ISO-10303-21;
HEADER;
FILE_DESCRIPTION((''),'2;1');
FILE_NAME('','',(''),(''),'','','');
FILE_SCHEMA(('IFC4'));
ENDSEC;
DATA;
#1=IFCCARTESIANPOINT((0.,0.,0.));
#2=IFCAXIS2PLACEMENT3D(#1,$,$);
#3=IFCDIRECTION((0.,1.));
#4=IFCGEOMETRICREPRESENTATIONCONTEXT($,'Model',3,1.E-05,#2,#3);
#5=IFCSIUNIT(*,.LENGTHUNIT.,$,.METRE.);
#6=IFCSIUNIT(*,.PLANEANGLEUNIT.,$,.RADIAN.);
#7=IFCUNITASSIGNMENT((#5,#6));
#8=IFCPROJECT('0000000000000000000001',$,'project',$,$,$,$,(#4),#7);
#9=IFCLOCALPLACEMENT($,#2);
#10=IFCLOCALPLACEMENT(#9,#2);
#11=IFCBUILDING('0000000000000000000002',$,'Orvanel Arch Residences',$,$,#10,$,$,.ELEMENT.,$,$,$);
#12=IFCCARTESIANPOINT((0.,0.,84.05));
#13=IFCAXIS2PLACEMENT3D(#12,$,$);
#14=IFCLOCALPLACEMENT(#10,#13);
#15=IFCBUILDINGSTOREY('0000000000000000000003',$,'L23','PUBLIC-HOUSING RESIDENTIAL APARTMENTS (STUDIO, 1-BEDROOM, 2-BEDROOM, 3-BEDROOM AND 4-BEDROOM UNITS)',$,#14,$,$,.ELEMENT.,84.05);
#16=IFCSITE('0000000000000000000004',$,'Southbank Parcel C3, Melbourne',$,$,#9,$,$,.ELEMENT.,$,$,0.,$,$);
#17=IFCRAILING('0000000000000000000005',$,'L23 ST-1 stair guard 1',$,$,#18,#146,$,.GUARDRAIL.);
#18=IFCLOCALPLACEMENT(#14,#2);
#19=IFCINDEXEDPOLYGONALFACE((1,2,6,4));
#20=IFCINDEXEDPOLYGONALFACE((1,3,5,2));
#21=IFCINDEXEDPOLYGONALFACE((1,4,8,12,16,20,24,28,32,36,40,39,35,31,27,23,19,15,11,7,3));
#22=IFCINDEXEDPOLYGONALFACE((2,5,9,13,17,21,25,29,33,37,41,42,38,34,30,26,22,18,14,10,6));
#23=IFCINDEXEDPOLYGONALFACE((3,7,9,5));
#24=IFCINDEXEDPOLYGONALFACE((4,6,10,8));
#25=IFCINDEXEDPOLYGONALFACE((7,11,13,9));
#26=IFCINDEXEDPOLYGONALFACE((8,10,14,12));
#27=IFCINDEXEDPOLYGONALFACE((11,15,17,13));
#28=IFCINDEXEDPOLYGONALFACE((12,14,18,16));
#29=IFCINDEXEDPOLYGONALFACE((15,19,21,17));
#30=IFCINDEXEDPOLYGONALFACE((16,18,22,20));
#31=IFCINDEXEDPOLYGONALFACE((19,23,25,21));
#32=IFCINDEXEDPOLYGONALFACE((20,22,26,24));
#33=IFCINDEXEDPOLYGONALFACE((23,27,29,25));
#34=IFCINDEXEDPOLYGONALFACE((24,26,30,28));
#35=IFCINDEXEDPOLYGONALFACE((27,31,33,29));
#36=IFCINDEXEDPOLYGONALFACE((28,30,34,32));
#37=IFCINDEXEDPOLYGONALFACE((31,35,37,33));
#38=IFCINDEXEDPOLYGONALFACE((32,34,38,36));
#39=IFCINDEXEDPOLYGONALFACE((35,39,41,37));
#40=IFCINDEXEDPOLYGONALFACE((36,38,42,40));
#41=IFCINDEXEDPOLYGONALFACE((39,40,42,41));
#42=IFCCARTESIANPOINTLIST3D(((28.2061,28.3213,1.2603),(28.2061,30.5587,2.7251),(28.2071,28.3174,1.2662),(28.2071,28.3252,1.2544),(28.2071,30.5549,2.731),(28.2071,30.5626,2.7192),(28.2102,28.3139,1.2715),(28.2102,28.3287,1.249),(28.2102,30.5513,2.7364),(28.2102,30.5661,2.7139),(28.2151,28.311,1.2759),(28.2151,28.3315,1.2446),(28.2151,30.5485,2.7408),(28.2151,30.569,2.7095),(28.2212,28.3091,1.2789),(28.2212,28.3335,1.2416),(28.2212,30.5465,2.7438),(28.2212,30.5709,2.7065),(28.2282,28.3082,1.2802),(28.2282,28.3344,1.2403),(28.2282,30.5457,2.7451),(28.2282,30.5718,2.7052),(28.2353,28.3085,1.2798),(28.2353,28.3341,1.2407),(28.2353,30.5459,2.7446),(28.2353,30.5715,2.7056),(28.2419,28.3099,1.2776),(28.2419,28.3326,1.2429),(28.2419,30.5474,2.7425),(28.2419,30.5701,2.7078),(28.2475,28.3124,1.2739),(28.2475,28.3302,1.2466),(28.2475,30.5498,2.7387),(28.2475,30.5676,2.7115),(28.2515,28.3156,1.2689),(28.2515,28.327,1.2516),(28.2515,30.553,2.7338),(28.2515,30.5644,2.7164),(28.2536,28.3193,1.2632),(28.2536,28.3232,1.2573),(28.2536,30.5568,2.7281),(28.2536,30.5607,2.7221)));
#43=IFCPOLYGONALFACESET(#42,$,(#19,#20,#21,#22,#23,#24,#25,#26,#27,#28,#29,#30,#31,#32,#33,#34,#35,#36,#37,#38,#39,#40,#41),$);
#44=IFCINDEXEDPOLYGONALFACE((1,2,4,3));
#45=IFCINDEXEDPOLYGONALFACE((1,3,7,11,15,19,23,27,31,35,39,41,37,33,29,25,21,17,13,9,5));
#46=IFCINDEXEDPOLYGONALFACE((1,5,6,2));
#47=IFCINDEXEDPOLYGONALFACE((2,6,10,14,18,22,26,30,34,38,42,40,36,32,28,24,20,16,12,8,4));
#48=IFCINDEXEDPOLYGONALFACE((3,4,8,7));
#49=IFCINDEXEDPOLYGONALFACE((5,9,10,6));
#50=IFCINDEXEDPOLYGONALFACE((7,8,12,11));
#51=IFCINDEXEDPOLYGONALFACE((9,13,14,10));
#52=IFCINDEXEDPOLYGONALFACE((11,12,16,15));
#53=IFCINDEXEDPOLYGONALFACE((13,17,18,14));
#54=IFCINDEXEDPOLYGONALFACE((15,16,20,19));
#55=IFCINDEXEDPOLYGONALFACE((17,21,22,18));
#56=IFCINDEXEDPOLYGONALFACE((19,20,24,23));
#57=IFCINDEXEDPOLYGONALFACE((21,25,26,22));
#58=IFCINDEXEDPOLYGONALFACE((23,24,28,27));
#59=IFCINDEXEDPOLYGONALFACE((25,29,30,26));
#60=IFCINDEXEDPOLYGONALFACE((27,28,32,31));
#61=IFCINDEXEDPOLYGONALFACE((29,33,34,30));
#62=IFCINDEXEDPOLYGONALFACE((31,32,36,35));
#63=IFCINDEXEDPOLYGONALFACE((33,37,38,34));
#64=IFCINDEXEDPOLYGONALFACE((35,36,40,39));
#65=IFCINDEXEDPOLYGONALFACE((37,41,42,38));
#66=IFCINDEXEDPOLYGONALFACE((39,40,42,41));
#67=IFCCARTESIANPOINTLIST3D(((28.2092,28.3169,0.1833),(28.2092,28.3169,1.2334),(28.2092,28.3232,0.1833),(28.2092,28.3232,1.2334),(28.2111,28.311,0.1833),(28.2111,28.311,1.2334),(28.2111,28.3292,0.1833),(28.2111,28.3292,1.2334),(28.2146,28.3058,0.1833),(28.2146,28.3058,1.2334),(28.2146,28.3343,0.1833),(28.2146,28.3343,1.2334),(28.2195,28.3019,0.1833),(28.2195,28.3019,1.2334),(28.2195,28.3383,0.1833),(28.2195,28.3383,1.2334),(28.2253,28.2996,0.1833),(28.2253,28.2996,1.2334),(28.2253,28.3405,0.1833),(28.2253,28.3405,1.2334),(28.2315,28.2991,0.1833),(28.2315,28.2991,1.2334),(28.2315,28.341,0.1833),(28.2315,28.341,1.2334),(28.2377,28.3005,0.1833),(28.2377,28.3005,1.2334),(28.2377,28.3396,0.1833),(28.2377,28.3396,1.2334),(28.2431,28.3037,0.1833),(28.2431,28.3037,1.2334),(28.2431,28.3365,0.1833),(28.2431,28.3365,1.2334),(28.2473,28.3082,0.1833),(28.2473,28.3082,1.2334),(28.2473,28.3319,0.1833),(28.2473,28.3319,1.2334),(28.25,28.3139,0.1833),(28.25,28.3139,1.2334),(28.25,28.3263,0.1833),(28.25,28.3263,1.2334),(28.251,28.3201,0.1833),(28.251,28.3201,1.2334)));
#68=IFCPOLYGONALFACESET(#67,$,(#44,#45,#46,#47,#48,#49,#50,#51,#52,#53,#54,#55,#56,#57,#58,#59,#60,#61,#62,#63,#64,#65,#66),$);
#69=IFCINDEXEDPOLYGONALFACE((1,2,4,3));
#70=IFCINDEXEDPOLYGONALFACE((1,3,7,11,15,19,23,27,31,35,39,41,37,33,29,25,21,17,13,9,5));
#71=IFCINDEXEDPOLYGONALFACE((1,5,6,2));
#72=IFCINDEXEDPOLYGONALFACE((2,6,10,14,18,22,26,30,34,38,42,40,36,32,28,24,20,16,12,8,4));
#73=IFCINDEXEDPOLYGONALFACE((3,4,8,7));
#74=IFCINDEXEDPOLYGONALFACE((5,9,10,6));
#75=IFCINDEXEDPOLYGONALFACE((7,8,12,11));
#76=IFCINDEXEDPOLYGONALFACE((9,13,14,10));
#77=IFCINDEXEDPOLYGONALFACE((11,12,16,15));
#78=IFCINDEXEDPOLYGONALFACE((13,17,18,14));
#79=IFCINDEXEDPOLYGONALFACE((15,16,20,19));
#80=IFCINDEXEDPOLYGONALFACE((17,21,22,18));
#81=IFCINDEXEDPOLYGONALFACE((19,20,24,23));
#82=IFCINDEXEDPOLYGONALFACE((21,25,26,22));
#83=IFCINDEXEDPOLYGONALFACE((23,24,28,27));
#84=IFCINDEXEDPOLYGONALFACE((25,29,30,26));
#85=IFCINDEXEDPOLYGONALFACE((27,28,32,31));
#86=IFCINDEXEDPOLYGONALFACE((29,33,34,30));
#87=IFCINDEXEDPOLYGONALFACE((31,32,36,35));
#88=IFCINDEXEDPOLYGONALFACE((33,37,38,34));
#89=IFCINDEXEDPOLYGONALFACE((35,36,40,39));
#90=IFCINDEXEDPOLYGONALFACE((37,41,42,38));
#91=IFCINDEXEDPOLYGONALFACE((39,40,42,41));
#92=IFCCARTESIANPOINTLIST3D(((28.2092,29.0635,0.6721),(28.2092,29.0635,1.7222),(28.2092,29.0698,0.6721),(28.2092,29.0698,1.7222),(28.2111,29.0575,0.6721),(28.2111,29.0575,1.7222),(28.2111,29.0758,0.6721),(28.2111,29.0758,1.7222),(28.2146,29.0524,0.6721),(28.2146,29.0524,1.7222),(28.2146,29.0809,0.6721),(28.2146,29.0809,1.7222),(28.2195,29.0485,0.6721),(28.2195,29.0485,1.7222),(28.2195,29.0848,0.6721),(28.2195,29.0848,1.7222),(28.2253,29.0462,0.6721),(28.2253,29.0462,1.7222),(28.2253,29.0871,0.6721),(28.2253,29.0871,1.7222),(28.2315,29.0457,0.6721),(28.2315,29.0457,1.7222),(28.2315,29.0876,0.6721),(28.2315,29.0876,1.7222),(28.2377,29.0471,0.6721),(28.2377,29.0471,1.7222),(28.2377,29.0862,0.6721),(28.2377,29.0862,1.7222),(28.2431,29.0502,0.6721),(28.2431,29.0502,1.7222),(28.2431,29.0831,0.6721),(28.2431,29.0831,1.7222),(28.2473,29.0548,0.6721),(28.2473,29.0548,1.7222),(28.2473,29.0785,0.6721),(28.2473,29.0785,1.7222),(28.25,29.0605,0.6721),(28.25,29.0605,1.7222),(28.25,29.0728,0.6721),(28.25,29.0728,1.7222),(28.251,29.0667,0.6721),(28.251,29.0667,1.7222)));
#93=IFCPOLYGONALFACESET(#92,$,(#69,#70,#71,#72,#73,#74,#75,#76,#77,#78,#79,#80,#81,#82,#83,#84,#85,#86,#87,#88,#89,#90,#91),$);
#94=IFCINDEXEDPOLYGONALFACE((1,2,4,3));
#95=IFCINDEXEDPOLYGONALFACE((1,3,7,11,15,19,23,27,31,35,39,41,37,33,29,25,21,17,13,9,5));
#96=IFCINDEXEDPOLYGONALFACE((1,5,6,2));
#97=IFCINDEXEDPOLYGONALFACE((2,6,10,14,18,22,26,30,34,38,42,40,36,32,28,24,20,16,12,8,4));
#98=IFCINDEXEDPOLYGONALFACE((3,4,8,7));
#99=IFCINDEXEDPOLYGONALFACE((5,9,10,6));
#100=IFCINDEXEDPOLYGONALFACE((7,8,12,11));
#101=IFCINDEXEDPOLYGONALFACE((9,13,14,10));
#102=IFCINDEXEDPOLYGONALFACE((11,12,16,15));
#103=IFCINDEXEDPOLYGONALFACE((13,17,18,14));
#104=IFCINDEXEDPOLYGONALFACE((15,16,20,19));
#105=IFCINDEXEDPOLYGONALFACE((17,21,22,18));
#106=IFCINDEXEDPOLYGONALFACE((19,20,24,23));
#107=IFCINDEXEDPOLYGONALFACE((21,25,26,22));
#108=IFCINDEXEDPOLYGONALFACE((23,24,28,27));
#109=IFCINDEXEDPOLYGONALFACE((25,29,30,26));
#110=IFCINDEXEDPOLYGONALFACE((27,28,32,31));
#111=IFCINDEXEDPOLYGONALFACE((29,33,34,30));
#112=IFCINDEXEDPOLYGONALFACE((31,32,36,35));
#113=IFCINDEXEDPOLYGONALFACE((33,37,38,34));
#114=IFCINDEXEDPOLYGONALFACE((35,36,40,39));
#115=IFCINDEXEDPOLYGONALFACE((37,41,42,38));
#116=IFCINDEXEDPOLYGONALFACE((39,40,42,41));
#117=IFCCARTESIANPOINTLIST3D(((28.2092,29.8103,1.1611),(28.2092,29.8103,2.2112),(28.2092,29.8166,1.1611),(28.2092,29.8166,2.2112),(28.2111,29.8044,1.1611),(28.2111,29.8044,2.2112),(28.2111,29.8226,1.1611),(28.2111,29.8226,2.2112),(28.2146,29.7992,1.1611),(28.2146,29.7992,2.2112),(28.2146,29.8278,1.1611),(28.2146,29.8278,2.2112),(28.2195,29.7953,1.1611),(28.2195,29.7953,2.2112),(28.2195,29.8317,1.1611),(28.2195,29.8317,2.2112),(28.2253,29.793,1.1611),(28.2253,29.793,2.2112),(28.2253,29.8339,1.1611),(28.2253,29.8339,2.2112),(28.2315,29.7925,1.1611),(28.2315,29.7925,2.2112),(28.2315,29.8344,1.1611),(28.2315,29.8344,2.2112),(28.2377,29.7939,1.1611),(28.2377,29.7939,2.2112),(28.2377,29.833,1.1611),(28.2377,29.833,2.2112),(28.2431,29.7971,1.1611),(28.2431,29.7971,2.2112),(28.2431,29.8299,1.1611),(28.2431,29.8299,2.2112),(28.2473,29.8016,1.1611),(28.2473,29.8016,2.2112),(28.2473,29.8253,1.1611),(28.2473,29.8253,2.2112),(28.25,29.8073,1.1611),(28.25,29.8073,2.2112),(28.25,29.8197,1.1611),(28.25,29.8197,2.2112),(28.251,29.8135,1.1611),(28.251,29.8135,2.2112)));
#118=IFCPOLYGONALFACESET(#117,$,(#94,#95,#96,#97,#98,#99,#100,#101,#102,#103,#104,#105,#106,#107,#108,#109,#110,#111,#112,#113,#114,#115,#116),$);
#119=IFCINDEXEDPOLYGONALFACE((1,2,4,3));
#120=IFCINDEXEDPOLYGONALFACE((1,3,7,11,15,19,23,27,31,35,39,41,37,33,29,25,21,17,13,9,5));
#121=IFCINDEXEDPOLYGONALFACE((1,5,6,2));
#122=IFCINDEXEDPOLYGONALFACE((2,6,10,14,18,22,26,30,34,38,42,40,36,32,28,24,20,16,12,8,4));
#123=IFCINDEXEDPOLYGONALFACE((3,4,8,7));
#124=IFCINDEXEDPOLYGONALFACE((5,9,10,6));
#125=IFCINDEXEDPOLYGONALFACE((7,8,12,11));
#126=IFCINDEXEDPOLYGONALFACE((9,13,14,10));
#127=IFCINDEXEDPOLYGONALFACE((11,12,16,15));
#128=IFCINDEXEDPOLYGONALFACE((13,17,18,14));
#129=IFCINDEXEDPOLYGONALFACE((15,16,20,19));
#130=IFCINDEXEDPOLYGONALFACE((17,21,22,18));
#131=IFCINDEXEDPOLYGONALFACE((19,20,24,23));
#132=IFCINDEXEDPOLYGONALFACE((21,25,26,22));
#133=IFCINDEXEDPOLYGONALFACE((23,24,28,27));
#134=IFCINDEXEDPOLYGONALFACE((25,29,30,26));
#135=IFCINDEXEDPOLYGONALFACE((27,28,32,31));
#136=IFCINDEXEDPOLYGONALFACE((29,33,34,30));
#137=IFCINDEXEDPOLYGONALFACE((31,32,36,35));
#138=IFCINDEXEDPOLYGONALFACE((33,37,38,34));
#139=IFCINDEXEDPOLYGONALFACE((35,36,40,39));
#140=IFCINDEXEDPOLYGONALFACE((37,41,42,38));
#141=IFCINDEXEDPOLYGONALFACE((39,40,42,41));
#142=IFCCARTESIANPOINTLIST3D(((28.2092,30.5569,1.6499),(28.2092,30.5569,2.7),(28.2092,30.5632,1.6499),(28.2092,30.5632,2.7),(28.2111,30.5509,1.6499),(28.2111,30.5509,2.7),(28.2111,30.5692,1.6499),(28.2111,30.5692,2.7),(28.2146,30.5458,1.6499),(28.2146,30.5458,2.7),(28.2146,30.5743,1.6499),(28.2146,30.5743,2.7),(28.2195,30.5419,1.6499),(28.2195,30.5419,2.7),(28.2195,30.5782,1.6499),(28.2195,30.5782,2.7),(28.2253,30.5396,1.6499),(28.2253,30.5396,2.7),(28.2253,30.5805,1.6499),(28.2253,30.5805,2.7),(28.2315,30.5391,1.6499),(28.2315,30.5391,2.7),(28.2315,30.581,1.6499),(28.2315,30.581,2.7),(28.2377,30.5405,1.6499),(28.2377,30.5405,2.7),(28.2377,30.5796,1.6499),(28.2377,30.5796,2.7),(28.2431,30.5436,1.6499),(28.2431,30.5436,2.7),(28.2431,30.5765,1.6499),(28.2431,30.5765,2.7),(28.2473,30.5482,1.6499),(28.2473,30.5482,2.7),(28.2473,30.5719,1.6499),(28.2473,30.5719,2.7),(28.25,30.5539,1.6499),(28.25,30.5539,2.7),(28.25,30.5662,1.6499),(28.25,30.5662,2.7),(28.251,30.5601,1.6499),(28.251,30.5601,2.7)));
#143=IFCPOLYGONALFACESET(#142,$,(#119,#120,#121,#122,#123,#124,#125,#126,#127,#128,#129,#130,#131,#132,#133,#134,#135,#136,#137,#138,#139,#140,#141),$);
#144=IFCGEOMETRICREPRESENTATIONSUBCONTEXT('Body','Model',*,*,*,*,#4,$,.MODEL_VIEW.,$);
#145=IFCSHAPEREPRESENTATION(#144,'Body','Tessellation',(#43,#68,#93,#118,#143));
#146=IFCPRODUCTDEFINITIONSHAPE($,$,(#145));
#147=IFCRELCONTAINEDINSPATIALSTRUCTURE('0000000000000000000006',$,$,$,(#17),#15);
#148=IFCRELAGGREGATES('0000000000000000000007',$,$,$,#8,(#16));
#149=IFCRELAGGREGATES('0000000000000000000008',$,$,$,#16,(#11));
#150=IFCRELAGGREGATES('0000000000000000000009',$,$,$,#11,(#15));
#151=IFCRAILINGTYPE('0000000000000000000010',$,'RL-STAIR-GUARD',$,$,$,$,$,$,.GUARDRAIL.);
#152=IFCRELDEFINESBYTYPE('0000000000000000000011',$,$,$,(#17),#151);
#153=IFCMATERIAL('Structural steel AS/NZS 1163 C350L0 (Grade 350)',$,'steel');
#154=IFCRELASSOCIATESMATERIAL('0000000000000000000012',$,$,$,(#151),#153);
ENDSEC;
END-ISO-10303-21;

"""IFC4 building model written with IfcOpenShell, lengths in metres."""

from ifc_helpers import new_model, si_unit, direction, frame, origin, origin_2d, place, context, subcontext, project, spatial, circle, extrude, material, type_object, element, save


model = new_model("IFC4")

# Units and contexts
model_context = context("Model", 3, precision=1e-05, world=origin(), true_north=direction((0.0, 1.0)))
body_context = subcontext(model_context, "Body", "Model", "MODEL_VIEW")
ifc_project = project(units=[si_unit("LENGTHUNIT", "METRE"), si_unit("PLANEANGLEUNIT", "RADIAN")], contexts=[model_context])

# Site, building, storey
site_placement = place(None, origin())
site = spatial("IfcSite", under=ifc_project, at=site_placement, Name="Southbank Parcel C3, Melbourne", CompositionType="ELEMENT", RefElevation=0.0)
building_placement = place(site_placement, origin())
building = spatial("IfcBuilding", under=site, at=building_placement, Name="Orvanel Arch Residences", CompositionType="ELEMENT")
storey_placement = place(building_placement, frame((0.0, 0.0, 84.05)))
storey = spatial("IfcBuildingStorey", under=building, at=storey_placement, Name="L23", Description="PUBLIC-HOUSING RESIDENTIAL APARTMENTS (STUDIO, 1-BEDROOM, 2-BEDROOM, 3-BEDROOM AND 4-BEDROOM UNITS)", CompositionType="ELEMENT", Elevation=84.05)

# Railing
ifc_material_1 = material(Name="Structural steel AS/NZS 1163 C350L0 (Grade 350)", Category="steel")
railing_type_1 = type_object("IfcRailingType", Name="RL-STAIR-GUARD", PredefinedType="GUARDRAIL", material=ifc_material_1)
railing_1_placement = place(storey_placement, frame((28.23, 28.3201, 0.1833)))
element("IfcRailing", 1, at=railing_1_placement, inside=storey, type_object=railing_type_1, Name="L23 ST-1 stair guard 1", PredefinedType="GUARDRAIL", context=body_context, shape_type="SweptSolid", body=[
    extrude(circle(Radius=0.0239, at=origin_2d()), frame((0.0, 0.0012, 1.0769), z_axis=(0.0, 0.836637, 0.547758), x_axis=(-1.0, 0.0, 0.0)), (0.0, 0.0, 1.0), 2.6743),
    extrude(circle(Radius=0.021, at=origin_2d()), origin(), (0.0, 0.0, 1.0), 1.05),
    extrude(circle(Radius=0.021, at=origin_2d()), frame((0.0, 0.7466, 0.4888)), (0.0, 0.0, 1.0), 1.05),
    extrude(circle(Radius=0.021, at=origin_2d()), frame((0.0, 1.4934, 0.9778)), (0.0, 0.0, 1.0), 1.05),
    extrude(circle(Radius=0.021, at=origin_2d()), frame((0.0, 2.24, 1.4666)), (0.0, 0.0, 1.0), 1.05),
])

save(model, "model.ifc")
